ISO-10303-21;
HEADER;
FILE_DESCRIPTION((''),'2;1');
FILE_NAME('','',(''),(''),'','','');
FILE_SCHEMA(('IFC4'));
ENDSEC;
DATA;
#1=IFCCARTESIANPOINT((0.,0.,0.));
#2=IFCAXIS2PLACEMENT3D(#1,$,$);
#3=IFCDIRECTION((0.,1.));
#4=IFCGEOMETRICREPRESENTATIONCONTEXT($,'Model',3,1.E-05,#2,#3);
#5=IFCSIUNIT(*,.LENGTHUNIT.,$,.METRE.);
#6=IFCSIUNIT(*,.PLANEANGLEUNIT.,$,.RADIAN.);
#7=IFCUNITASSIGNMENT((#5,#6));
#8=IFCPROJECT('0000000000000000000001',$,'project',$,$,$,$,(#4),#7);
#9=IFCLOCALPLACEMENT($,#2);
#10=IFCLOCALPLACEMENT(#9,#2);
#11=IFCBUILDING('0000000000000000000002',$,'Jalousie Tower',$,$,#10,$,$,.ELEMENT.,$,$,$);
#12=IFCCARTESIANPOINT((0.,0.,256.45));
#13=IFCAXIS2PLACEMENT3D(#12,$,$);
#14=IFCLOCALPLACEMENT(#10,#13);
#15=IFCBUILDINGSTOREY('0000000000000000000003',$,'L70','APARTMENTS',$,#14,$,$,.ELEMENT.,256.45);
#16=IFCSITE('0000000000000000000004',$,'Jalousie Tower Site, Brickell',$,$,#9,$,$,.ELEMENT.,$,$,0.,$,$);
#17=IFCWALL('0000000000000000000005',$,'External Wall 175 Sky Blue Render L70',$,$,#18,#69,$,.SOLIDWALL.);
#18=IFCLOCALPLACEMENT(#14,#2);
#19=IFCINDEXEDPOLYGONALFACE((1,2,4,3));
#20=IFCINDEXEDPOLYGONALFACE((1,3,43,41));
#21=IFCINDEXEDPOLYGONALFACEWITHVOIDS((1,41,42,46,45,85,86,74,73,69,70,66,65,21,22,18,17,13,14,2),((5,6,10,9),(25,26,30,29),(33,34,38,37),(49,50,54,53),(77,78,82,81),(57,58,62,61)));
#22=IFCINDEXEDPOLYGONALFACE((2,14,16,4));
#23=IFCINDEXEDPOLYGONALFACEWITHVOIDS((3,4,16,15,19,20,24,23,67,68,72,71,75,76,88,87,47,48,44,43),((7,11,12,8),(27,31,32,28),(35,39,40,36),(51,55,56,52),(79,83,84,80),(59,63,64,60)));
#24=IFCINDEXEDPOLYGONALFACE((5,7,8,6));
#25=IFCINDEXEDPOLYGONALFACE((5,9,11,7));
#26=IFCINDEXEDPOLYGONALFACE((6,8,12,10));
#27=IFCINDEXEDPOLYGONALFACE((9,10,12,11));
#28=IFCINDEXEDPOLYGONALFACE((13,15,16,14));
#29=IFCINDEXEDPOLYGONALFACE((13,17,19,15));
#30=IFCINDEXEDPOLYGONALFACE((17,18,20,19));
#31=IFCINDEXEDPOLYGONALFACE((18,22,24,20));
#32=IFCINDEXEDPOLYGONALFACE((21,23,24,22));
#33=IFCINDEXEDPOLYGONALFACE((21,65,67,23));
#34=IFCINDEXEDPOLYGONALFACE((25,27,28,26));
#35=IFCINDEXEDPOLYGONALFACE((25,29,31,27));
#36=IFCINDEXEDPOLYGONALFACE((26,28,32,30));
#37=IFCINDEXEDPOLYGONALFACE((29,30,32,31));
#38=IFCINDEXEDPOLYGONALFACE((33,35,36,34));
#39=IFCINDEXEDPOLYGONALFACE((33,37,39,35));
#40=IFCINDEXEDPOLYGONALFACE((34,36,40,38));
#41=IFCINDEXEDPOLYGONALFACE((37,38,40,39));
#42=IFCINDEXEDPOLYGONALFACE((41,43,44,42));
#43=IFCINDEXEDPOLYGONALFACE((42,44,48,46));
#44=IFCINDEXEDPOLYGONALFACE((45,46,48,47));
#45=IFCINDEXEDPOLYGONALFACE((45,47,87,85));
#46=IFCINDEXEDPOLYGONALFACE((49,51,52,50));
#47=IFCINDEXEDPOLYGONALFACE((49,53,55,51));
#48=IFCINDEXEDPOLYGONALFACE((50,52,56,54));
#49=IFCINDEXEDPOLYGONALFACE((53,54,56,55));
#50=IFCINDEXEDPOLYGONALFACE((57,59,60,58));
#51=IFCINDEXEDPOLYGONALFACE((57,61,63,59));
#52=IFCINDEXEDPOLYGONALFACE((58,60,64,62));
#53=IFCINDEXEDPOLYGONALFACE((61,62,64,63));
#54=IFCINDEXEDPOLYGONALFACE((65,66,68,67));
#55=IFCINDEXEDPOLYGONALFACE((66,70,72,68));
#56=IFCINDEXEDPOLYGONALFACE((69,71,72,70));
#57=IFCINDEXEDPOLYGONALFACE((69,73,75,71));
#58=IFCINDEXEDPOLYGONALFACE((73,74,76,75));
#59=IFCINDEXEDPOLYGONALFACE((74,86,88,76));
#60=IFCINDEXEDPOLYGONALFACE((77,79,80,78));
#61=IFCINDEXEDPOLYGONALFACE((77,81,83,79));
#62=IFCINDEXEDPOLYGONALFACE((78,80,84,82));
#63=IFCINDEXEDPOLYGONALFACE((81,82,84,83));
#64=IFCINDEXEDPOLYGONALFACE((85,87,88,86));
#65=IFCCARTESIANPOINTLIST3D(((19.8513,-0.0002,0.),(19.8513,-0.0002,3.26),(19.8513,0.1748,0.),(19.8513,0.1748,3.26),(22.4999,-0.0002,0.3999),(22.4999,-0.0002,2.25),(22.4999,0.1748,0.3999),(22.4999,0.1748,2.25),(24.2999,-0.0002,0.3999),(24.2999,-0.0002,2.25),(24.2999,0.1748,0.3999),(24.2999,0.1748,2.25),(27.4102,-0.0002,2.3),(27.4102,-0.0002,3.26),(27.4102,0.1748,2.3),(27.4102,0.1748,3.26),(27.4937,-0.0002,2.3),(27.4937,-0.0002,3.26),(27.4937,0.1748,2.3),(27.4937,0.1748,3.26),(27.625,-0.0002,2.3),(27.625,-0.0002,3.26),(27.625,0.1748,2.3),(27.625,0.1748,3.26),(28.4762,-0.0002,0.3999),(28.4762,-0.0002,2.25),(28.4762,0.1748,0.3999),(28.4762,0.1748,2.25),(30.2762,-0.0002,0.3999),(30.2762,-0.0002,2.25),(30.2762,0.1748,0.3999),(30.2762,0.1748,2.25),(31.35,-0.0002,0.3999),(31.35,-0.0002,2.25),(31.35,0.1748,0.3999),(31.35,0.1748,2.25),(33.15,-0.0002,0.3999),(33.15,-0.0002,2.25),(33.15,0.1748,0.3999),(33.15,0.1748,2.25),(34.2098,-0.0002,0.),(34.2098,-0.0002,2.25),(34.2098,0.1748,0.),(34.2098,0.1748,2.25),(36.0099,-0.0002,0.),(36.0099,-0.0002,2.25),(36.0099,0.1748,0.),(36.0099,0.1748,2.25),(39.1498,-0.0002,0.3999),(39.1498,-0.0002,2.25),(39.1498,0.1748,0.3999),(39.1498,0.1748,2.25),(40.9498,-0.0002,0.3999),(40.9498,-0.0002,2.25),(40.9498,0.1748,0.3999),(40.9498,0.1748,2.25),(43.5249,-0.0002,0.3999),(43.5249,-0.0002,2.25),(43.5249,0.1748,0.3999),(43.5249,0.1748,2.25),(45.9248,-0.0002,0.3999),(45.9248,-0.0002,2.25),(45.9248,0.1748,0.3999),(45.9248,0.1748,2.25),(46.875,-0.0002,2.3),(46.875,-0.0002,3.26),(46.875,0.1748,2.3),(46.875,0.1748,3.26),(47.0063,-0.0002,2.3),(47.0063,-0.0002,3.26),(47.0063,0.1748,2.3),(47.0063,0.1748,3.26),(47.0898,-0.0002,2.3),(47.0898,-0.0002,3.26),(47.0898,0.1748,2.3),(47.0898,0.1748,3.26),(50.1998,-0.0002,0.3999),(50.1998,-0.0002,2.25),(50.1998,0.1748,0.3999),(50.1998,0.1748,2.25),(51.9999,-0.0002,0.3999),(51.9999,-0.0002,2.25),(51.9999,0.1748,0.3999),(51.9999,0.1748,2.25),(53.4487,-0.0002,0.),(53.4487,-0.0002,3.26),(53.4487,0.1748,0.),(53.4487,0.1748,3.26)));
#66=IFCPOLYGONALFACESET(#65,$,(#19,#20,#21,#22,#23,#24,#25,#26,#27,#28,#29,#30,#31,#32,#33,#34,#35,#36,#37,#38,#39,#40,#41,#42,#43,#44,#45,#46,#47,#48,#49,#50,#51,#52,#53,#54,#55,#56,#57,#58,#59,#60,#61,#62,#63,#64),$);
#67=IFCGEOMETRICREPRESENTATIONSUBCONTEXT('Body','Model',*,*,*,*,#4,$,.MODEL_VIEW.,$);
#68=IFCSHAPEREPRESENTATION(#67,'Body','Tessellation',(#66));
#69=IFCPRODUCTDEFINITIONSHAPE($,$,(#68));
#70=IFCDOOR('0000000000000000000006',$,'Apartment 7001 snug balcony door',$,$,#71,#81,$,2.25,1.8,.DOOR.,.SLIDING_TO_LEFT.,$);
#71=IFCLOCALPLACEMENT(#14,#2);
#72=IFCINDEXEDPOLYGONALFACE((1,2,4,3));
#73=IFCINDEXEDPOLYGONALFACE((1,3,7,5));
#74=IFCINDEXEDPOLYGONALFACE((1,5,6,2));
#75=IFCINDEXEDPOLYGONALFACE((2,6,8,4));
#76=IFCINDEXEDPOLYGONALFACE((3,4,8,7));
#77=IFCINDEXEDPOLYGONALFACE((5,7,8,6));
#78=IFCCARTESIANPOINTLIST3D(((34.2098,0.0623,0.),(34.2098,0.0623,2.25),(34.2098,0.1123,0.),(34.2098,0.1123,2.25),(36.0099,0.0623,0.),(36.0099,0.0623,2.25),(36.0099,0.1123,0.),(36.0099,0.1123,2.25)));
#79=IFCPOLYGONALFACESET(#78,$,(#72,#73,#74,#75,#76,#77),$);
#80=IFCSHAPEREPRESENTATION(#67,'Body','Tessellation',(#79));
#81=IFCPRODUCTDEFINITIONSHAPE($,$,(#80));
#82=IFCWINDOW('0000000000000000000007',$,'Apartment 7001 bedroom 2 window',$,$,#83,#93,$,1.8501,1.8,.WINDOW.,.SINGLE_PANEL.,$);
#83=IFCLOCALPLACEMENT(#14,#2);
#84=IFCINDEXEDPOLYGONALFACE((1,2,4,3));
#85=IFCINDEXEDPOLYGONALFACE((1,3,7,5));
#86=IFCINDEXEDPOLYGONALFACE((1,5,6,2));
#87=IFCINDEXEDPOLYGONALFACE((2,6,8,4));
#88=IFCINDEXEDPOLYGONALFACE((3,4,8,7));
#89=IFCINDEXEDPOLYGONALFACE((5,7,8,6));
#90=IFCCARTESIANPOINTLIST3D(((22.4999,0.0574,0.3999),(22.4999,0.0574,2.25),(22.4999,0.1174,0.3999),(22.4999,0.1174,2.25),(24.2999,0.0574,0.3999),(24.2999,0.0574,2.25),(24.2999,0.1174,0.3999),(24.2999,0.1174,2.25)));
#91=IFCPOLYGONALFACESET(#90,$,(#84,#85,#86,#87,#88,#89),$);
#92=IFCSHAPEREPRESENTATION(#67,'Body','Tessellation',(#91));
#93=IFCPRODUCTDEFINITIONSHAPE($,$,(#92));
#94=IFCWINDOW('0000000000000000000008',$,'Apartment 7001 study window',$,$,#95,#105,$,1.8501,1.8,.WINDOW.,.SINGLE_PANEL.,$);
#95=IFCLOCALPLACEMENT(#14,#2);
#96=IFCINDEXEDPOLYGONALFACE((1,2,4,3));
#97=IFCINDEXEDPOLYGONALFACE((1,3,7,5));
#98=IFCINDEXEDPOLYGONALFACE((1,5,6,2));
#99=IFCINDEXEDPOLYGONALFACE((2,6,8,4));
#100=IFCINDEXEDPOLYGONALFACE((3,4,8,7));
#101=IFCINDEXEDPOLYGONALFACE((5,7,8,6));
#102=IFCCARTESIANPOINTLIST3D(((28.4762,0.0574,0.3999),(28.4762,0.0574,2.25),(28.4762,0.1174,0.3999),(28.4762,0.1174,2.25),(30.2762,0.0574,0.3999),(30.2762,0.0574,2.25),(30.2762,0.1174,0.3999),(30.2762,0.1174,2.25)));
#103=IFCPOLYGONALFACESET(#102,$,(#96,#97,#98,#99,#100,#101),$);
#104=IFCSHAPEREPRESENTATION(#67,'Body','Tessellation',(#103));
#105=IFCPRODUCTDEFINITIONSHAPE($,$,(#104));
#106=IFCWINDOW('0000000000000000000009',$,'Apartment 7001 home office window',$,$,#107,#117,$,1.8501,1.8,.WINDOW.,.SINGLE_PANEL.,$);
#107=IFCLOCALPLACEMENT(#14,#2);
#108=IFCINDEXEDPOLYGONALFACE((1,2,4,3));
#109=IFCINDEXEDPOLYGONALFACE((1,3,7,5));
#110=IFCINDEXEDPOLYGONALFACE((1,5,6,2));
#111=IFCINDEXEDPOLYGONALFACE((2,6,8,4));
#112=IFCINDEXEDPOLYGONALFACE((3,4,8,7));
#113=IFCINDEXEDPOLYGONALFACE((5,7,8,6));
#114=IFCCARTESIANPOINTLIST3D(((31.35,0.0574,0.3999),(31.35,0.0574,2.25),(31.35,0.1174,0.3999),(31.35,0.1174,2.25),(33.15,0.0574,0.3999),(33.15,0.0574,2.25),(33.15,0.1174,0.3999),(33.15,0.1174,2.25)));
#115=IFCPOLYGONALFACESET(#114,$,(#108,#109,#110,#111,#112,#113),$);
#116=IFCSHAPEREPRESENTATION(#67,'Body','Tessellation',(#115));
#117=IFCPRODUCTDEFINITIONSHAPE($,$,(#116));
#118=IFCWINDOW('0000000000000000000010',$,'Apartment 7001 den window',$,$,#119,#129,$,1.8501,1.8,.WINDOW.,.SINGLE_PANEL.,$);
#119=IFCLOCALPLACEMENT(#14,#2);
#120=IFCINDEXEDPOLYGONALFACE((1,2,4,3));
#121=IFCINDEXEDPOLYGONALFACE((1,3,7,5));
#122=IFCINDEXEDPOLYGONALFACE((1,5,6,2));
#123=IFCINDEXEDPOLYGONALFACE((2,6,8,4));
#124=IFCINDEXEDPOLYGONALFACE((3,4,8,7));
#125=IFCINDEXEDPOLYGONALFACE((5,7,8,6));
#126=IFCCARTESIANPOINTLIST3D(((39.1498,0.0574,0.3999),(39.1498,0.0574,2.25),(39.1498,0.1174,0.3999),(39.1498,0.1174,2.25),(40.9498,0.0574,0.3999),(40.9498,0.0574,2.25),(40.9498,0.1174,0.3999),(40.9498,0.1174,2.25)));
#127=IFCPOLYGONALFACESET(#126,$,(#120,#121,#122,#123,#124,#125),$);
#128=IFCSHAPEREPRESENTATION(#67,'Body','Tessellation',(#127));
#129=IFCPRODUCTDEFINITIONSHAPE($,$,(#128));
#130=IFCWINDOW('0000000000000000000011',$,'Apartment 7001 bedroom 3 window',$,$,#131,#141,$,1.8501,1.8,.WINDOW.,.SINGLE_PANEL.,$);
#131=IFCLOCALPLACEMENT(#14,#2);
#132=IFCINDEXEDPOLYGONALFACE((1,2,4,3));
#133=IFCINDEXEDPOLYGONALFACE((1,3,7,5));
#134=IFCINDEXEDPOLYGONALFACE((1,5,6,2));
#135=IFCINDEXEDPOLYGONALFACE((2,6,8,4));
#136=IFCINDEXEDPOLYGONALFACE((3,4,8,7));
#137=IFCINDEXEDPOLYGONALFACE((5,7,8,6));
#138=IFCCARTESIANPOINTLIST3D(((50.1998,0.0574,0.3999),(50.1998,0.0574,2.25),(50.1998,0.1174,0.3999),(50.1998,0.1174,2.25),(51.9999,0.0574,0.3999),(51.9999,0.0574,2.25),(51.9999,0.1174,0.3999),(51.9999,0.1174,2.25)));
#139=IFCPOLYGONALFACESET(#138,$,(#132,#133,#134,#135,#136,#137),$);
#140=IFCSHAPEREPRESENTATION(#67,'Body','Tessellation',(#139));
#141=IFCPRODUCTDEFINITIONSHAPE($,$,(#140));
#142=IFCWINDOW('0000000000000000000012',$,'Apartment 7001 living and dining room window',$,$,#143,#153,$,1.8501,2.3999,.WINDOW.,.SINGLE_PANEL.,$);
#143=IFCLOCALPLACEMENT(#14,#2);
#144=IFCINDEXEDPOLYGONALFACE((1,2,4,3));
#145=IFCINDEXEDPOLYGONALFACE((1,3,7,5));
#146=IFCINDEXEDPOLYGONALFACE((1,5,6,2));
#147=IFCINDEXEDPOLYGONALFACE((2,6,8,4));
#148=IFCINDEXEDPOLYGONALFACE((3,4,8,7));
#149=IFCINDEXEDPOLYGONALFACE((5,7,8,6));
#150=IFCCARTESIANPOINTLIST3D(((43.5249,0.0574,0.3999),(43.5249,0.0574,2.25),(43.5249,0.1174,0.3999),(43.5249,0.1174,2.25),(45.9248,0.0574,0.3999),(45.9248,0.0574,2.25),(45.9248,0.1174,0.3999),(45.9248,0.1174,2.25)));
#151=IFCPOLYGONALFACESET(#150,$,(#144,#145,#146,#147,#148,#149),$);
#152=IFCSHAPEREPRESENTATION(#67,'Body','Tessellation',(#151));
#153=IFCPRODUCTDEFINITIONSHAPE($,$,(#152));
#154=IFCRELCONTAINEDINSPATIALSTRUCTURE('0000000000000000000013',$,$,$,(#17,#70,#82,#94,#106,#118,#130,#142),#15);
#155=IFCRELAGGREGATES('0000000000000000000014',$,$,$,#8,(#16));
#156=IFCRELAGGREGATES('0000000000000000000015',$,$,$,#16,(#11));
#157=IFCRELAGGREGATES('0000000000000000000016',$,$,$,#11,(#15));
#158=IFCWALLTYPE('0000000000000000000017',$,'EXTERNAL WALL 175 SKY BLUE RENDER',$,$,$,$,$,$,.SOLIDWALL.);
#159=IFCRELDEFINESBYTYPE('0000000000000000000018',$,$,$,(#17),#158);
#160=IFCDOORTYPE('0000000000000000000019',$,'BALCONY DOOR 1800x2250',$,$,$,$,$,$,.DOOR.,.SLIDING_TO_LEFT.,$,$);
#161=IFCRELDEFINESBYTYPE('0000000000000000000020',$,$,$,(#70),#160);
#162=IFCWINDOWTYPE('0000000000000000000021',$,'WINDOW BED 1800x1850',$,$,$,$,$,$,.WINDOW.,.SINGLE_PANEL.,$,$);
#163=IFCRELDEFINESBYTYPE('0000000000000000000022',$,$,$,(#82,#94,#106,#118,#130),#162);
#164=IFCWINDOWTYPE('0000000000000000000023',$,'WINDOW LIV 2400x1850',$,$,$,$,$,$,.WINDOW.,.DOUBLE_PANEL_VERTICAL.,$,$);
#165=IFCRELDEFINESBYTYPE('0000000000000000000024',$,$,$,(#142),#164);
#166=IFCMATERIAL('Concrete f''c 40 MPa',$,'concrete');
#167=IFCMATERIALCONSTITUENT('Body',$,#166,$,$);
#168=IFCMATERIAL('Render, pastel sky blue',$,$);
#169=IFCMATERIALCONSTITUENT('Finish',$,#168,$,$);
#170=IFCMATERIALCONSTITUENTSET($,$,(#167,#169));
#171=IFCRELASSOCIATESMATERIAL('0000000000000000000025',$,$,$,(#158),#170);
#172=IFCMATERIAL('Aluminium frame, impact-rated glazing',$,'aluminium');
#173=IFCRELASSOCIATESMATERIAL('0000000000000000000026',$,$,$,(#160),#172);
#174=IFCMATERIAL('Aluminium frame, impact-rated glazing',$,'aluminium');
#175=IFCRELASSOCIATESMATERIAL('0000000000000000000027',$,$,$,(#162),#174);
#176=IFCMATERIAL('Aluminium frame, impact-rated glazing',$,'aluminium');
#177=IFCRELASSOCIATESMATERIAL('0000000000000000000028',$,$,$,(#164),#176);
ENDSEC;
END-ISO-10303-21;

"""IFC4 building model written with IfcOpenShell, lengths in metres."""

from ifc_helpers import new_model, si_unit, direction, frame, frame_2d, origin, place, context, subcontext, project, spatial, polyline, rectangle, outline, extrude, material, constituent, constituent_set, type_object, element, fill, save


model = new_model("IFC4")

# Units and contexts
model_context = context("Model", 3, precision=1e-05, world=origin(), true_north=direction((0.0, 1.0)))
body_context = subcontext(model_context, "Body", "Model", "MODEL_VIEW")
ifc_project = project(units=[si_unit("LENGTHUNIT", "METRE"), si_unit("PLANEANGLEUNIT", "RADIAN")], contexts=[model_context])

# Site, building, storey
site_placement = place(None, origin())
site = spatial("IfcSite", under=ifc_project, at=site_placement, Name="Jalousie Tower Site, Brickell", CompositionType="ELEMENT", RefElevation=0.0)
building_placement = place(site_placement, origin())
building = spatial("IfcBuilding", under=site, at=building_placement, Name="Jalousie Tower", CompositionType="ELEMENT")
storey_placement = place(building_placement, frame((0.0, 0.0, 256.45)))
storey = spatial("IfcBuildingStorey", under=building, at=storey_placement, Name="L70", Description="APARTMENTS", CompositionType="ELEMENT", Elevation=256.45)

# Wall, openings, door, windows
ifc_material_1 = material(Name="Concrete f'c 40 MPa", Category="concrete")
ifc_constituent_1 = constituent(ifc_material_1, Name="Body")
ifc_material_2 = material(Name="Render, pastel sky blue")
ifc_constituent_2 = constituent(ifc_material_2, Name="Finish")
ifc_constituent_set_1 = constituent_set(constituents=[ifc_constituent_1, ifc_constituent_2])
wall_type_1 = type_object("IfcWallType", Name="EXTERNAL WALL 175 SKY BLUE RENDER", PredefinedType="SOLIDWALL", material=ifc_constituent_set_1)
wall_1_placement = place(storey_placement, frame((19.8513, 0.0874, 0.0), z_axis=(0.0, 0.0, 1.0), x_axis=(1.0, 0.0, 0.0)))
wall_1 = element("IfcWall", 1, at=wall_1_placement, inside=storey, type_object=wall_type_1, Name="External Wall 175 Sky Blue Render L70", PredefinedType="SOLIDWALL", context=body_context, shape_type="SweptSolid", body=[
    extrude(outline(polyline([(0.0, 0.0), (33.5974, 0.0), (33.5974, 3.26), (27.2385, 3.26), (27.2385, 2.3), (27.155, 2.3), (27.155, 3.26), (27.0237, 3.26), (27.0237, 2.3), (7.7737, 2.3), (7.7737, 3.26), (7.6423, 3.26), (7.6423, 2.3), (7.5588, 2.3), (7.5588, 3.26), (0.0, 3.26), (0.0, 0.0)])), frame((0.0, 0.0874, 0.0), z_axis=(0.0, -1.0, 0.0), x_axis=(1.0, 0.0, 0.0)), (0.0, 0.0, 1.0), 0.175),
])
opening_1_placement = place(wall_1_placement, frame((2.6487, 0.0, 0.3999)))
opening_1 = element("IfcOpeningElement", 2, at=opening_1_placement, cuts=wall_1, PredefinedType="OPENING", context=body_context, shape_type="SweptSolid", body=[
    extrude(rectangle(XDim=1.8, YDim=1.8501, at=frame_2d((0.8999, 0.925))), frame((0.0, 0.0974, 0.0), z_axis=(0.0, -1.0, 0.0), x_axis=(1.0, 0.0, 0.0)), (0.0, 0.0, 1.0), 0.1951),
])
opening_2_placement = place(wall_1_placement, frame((8.625, 0.0, 0.3999)))
opening_2 = element("IfcOpeningElement", 3, at=opening_2_placement, cuts=wall_1, PredefinedType="OPENING", context=body_context, shape_type="SweptSolid", body=[
    extrude(rectangle(XDim=1.8, YDim=1.8501, at=frame_2d((0.8999, 0.925))), frame((0.0, 0.0974, 0.0), z_axis=(0.0, -1.0, 0.0), x_axis=(1.0, 0.0, 0.0)), (0.0, 0.0, 1.0), 0.1951),
])
opening_3_placement = place(wall_1_placement, frame((11.4988, 0.0, 0.3999)))
opening_3 = element("IfcOpeningElement", 4, at=opening_3_placement, cuts=wall_1, PredefinedType="OPENING", context=body_context, shape_type="SweptSolid", body=[
    extrude(rectangle(XDim=1.8, YDim=1.8501, at=frame_2d((0.8999, 0.925))), frame((0.0, 0.0974, 0.0), z_axis=(0.0, -1.0, 0.0), x_axis=(1.0, 0.0, 0.0)), (0.0, 0.0, 1.0), 0.1951),
])
opening_4_placement = place(wall_1_placement, frame((14.3586, 0.0, 0.0)))
opening_4 = element("IfcOpeningElement", 5, at=opening_4_placement, cuts=wall_1, PredefinedType="OPENING", context=body_context, shape_type="SweptSolid", body=[
    extrude(rectangle(XDim=1.8, YDim=2.25, at=frame_2d((0.8999, 1.125))), frame((0.0, 0.0974, 0.0), z_axis=(0.0, -1.0, 0.0), x_axis=(1.0, 0.0, 0.0)), (0.0, 0.0, 1.0), 0.1951),
])
opening_5_placement = place(wall_1_placement, frame((19.2986, 0.0, 0.3999)))
opening_5 = element("IfcOpeningElement", 6, at=opening_5_placement, cuts=wall_1, PredefinedType="OPENING", context=body_context, shape_type="SweptSolid", body=[
    extrude(rectangle(XDim=1.8, YDim=1.8501, at=frame_2d((0.8999, 0.925))), frame((0.0, 0.0974, 0.0), z_axis=(0.0, -1.0, 0.0), x_axis=(1.0, 0.0, 0.0)), (0.0, 0.0, 1.0), 0.1951),
])
opening_6_placement = place(wall_1_placement, frame((23.6736, 0.0, 0.3999)))
opening_6 = element("IfcOpeningElement", 7, at=opening_6_placement, cuts=wall_1, PredefinedType="OPENING", context=body_context, shape_type="SweptSolid", body=[
    extrude(rectangle(XDim=2.3999, YDim=1.8501, at=frame_2d((1.2, 0.925))), frame((0.0, 0.0974, 0.0), z_axis=(0.0, -1.0, 0.0), x_axis=(1.0, 0.0, 0.0)), (0.0, 0.0, 1.0), 0.1951),
])
opening_7_placement = place(wall_1_placement, frame((30.3486, 0.0, 0.3999)))
opening_7 = element("IfcOpeningElement", 8, at=opening_7_placement, cuts=wall_1, PredefinedType="OPENING", context=body_context, shape_type="SweptSolid", body=[
    extrude(rectangle(XDim=1.8, YDim=1.8501, at=frame_2d((0.8999, 0.925))), frame((0.0, 0.0974, 0.0), z_axis=(0.0, -1.0, 0.0), x_axis=(1.0, 0.0, 0.0)), (0.0, 0.0, 1.0), 0.1951),
])
ifc_material_3 = material(Name="Aluminium frame, impact-rated glazing", Category="aluminium")
door_type_1 = type_object("IfcDoorType", Name="BALCONY DOOR 1800x2250", OperationType="SLIDING_TO_LEFT", PredefinedType="DOOR", material=ifc_material_3)
door_1_placement = place(opening_4_placement, origin())
door_1 = element("IfcDoor", 9, at=door_1_placement, inside=storey, type_object=door_type_1, Name="Apartment 7001 snug balcony door", OperationType="SLIDING_TO_LEFT", OverallHeight=2.25, OverallWidth=1.8, PredefinedType="DOOR", context=body_context, shape_type="SweptSolid", body=[
    extrude(rectangle(XDim=1.8, YDim=2.25, at=frame_2d((0.8999, 1.125))), frame((0.0, 0.0249, 0.0), z_axis=(0.0, -1.0, 0.0), x_axis=(1.0, 0.0, 0.0)), (0.0, 0.0, 1.0), 0.05),
])
fill(opening_4, door_1)
ifc_material_4 = material(Name="Aluminium frame, impact-rated glazing", Category="aluminium")
window_type_1 = type_object("IfcWindowType", Name="WINDOW BED 1800x1850", PartitioningType="SINGLE_PANEL", PredefinedType="WINDOW", material=ifc_material_4)
window_1_placement = place(opening_1_placement, origin())
window_1 = element("IfcWindow", 10, at=window_1_placement, inside=storey, type_object=window_type_1, Name="Apartment 7001 bedroom 2 window", OverallHeight=1.8501, OverallWidth=1.8, PartitioningType="SINGLE_PANEL", PredefinedType="WINDOW", context=body_context, shape_type="SweptSolid", body=[
    extrude(rectangle(XDim=1.8, YDim=1.8501, at=frame_2d((0.8999, 0.925))), frame((0.0, 0.03, 0.0), z_axis=(0.0, -1.0, 0.0), x_axis=(1.0, 0.0, 0.0)), (0.0, 0.0, 1.0), 0.0601),
])
fill(opening_1, window_1)
window_2_placement = place(opening_2_placement, origin())
window_2 = element("IfcWindow", 11, at=window_2_placement, inside=storey, type_object=window_type_1, Name="Apartment 7001 study window", OverallHeight=1.8501, OverallWidth=1.8, PartitioningType="SINGLE_PANEL", PredefinedType="WINDOW", context=body_context, shape_type="SweptSolid", body=[
    extrude(rectangle(XDim=1.8, YDim=1.8501, at=frame_2d((0.8999, 0.925))), frame((0.0, 0.03, 0.0), z_axis=(0.0, -1.0, 0.0), x_axis=(1.0, 0.0, 0.0)), (0.0, 0.0, 1.0), 0.0601),
])
fill(opening_2, window_2)
window_3_placement = place(opening_3_placement, origin())
window_3 = element("IfcWindow", 12, at=window_3_placement, inside=storey, type_object=window_type_1, Name="Apartment 7001 home office window", OverallHeight=1.8501, OverallWidth=1.8, PartitioningType="SINGLE_PANEL", PredefinedType="WINDOW", context=body_context, shape_type="SweptSolid", body=[
    extrude(rectangle(XDim=1.8, YDim=1.8501, at=frame_2d((0.8999, 0.925))), frame((0.0, 0.03, 0.0), z_axis=(0.0, -1.0, 0.0), x_axis=(1.0, 0.0, 0.0)), (0.0, 0.0, 1.0), 0.0601),
])
fill(opening_3, window_3)
window_4_placement = place(opening_5_placement, origin())
window_4 = element("IfcWindow", 13, at=window_4_placement, inside=storey, type_object=window_type_1, Name="Apartment 7001 den window", OverallHeight=1.8501, OverallWidth=1.8, PartitioningType="SINGLE_PANEL", PredefinedType="WINDOW", context=body_context, shape_type="SweptSolid", body=[
    extrude(rectangle(XDim=1.8, YDim=1.8501, at=frame_2d((0.8999, 0.925))), frame((0.0, 0.03, 0.0), z_axis=(0.0, -1.0, 0.0), x_axis=(1.0, 0.0, 0.0)), (0.0, 0.0, 1.0), 0.0601),
])
fill(opening_5, window_4)
window_5_placement = place(opening_7_placement, origin())
window_5 = element("IfcWindow", 14, at=window_5_placement, inside=storey, type_object=window_type_1, Name="Apartment 7001 bedroom 3 window", OverallHeight=1.8501, OverallWidth=1.8, PartitioningType="SINGLE_PANEL", PredefinedType="WINDOW", context=body_context, shape_type="SweptSolid", body=[
    extrude(rectangle(XDim=1.8, YDim=1.8501, at=frame_2d((0.8999, 0.925))), frame((0.0, 0.03, 0.0), z_axis=(0.0, -1.0, 0.0), x_axis=(1.0, 0.0, 0.0)), (0.0, 0.0, 1.0), 0.0601),
])
fill(opening_7, window_5)
ifc_material_5 = material(Name="Aluminium frame, impact-rated glazing", Category="aluminium")
window_type_2 = type_object("IfcWindowType", Name="WINDOW LIV 2400x1850", PartitioningType="DOUBLE_PANEL_VERTICAL", PredefinedType="WINDOW", material=ifc_material_5)
window_6_placement = place(opening_6_placement, origin())
window_6 = element("IfcWindow", 15, at=window_6_placement, inside=storey, type_object=window_type_2, Name="Apartment 7001 living and dining room window", OverallHeight=1.8501, OverallWidth=2.3999, PartitioningType="SINGLE_PANEL", PredefinedType="WINDOW", context=body_context, shape_type="SweptSolid", body=[
    extrude(rectangle(XDim=2.3999, YDim=1.8501, at=frame_2d((1.2, 0.925))), frame((0.0, 0.03, 0.0), z_axis=(0.0, -1.0, 0.0), x_axis=(1.0, 0.0, 0.0)), (0.0, 0.0, 1.0), 0.0601),
])
fill(opening_6, window_6)

save(model, "model.ifc")
